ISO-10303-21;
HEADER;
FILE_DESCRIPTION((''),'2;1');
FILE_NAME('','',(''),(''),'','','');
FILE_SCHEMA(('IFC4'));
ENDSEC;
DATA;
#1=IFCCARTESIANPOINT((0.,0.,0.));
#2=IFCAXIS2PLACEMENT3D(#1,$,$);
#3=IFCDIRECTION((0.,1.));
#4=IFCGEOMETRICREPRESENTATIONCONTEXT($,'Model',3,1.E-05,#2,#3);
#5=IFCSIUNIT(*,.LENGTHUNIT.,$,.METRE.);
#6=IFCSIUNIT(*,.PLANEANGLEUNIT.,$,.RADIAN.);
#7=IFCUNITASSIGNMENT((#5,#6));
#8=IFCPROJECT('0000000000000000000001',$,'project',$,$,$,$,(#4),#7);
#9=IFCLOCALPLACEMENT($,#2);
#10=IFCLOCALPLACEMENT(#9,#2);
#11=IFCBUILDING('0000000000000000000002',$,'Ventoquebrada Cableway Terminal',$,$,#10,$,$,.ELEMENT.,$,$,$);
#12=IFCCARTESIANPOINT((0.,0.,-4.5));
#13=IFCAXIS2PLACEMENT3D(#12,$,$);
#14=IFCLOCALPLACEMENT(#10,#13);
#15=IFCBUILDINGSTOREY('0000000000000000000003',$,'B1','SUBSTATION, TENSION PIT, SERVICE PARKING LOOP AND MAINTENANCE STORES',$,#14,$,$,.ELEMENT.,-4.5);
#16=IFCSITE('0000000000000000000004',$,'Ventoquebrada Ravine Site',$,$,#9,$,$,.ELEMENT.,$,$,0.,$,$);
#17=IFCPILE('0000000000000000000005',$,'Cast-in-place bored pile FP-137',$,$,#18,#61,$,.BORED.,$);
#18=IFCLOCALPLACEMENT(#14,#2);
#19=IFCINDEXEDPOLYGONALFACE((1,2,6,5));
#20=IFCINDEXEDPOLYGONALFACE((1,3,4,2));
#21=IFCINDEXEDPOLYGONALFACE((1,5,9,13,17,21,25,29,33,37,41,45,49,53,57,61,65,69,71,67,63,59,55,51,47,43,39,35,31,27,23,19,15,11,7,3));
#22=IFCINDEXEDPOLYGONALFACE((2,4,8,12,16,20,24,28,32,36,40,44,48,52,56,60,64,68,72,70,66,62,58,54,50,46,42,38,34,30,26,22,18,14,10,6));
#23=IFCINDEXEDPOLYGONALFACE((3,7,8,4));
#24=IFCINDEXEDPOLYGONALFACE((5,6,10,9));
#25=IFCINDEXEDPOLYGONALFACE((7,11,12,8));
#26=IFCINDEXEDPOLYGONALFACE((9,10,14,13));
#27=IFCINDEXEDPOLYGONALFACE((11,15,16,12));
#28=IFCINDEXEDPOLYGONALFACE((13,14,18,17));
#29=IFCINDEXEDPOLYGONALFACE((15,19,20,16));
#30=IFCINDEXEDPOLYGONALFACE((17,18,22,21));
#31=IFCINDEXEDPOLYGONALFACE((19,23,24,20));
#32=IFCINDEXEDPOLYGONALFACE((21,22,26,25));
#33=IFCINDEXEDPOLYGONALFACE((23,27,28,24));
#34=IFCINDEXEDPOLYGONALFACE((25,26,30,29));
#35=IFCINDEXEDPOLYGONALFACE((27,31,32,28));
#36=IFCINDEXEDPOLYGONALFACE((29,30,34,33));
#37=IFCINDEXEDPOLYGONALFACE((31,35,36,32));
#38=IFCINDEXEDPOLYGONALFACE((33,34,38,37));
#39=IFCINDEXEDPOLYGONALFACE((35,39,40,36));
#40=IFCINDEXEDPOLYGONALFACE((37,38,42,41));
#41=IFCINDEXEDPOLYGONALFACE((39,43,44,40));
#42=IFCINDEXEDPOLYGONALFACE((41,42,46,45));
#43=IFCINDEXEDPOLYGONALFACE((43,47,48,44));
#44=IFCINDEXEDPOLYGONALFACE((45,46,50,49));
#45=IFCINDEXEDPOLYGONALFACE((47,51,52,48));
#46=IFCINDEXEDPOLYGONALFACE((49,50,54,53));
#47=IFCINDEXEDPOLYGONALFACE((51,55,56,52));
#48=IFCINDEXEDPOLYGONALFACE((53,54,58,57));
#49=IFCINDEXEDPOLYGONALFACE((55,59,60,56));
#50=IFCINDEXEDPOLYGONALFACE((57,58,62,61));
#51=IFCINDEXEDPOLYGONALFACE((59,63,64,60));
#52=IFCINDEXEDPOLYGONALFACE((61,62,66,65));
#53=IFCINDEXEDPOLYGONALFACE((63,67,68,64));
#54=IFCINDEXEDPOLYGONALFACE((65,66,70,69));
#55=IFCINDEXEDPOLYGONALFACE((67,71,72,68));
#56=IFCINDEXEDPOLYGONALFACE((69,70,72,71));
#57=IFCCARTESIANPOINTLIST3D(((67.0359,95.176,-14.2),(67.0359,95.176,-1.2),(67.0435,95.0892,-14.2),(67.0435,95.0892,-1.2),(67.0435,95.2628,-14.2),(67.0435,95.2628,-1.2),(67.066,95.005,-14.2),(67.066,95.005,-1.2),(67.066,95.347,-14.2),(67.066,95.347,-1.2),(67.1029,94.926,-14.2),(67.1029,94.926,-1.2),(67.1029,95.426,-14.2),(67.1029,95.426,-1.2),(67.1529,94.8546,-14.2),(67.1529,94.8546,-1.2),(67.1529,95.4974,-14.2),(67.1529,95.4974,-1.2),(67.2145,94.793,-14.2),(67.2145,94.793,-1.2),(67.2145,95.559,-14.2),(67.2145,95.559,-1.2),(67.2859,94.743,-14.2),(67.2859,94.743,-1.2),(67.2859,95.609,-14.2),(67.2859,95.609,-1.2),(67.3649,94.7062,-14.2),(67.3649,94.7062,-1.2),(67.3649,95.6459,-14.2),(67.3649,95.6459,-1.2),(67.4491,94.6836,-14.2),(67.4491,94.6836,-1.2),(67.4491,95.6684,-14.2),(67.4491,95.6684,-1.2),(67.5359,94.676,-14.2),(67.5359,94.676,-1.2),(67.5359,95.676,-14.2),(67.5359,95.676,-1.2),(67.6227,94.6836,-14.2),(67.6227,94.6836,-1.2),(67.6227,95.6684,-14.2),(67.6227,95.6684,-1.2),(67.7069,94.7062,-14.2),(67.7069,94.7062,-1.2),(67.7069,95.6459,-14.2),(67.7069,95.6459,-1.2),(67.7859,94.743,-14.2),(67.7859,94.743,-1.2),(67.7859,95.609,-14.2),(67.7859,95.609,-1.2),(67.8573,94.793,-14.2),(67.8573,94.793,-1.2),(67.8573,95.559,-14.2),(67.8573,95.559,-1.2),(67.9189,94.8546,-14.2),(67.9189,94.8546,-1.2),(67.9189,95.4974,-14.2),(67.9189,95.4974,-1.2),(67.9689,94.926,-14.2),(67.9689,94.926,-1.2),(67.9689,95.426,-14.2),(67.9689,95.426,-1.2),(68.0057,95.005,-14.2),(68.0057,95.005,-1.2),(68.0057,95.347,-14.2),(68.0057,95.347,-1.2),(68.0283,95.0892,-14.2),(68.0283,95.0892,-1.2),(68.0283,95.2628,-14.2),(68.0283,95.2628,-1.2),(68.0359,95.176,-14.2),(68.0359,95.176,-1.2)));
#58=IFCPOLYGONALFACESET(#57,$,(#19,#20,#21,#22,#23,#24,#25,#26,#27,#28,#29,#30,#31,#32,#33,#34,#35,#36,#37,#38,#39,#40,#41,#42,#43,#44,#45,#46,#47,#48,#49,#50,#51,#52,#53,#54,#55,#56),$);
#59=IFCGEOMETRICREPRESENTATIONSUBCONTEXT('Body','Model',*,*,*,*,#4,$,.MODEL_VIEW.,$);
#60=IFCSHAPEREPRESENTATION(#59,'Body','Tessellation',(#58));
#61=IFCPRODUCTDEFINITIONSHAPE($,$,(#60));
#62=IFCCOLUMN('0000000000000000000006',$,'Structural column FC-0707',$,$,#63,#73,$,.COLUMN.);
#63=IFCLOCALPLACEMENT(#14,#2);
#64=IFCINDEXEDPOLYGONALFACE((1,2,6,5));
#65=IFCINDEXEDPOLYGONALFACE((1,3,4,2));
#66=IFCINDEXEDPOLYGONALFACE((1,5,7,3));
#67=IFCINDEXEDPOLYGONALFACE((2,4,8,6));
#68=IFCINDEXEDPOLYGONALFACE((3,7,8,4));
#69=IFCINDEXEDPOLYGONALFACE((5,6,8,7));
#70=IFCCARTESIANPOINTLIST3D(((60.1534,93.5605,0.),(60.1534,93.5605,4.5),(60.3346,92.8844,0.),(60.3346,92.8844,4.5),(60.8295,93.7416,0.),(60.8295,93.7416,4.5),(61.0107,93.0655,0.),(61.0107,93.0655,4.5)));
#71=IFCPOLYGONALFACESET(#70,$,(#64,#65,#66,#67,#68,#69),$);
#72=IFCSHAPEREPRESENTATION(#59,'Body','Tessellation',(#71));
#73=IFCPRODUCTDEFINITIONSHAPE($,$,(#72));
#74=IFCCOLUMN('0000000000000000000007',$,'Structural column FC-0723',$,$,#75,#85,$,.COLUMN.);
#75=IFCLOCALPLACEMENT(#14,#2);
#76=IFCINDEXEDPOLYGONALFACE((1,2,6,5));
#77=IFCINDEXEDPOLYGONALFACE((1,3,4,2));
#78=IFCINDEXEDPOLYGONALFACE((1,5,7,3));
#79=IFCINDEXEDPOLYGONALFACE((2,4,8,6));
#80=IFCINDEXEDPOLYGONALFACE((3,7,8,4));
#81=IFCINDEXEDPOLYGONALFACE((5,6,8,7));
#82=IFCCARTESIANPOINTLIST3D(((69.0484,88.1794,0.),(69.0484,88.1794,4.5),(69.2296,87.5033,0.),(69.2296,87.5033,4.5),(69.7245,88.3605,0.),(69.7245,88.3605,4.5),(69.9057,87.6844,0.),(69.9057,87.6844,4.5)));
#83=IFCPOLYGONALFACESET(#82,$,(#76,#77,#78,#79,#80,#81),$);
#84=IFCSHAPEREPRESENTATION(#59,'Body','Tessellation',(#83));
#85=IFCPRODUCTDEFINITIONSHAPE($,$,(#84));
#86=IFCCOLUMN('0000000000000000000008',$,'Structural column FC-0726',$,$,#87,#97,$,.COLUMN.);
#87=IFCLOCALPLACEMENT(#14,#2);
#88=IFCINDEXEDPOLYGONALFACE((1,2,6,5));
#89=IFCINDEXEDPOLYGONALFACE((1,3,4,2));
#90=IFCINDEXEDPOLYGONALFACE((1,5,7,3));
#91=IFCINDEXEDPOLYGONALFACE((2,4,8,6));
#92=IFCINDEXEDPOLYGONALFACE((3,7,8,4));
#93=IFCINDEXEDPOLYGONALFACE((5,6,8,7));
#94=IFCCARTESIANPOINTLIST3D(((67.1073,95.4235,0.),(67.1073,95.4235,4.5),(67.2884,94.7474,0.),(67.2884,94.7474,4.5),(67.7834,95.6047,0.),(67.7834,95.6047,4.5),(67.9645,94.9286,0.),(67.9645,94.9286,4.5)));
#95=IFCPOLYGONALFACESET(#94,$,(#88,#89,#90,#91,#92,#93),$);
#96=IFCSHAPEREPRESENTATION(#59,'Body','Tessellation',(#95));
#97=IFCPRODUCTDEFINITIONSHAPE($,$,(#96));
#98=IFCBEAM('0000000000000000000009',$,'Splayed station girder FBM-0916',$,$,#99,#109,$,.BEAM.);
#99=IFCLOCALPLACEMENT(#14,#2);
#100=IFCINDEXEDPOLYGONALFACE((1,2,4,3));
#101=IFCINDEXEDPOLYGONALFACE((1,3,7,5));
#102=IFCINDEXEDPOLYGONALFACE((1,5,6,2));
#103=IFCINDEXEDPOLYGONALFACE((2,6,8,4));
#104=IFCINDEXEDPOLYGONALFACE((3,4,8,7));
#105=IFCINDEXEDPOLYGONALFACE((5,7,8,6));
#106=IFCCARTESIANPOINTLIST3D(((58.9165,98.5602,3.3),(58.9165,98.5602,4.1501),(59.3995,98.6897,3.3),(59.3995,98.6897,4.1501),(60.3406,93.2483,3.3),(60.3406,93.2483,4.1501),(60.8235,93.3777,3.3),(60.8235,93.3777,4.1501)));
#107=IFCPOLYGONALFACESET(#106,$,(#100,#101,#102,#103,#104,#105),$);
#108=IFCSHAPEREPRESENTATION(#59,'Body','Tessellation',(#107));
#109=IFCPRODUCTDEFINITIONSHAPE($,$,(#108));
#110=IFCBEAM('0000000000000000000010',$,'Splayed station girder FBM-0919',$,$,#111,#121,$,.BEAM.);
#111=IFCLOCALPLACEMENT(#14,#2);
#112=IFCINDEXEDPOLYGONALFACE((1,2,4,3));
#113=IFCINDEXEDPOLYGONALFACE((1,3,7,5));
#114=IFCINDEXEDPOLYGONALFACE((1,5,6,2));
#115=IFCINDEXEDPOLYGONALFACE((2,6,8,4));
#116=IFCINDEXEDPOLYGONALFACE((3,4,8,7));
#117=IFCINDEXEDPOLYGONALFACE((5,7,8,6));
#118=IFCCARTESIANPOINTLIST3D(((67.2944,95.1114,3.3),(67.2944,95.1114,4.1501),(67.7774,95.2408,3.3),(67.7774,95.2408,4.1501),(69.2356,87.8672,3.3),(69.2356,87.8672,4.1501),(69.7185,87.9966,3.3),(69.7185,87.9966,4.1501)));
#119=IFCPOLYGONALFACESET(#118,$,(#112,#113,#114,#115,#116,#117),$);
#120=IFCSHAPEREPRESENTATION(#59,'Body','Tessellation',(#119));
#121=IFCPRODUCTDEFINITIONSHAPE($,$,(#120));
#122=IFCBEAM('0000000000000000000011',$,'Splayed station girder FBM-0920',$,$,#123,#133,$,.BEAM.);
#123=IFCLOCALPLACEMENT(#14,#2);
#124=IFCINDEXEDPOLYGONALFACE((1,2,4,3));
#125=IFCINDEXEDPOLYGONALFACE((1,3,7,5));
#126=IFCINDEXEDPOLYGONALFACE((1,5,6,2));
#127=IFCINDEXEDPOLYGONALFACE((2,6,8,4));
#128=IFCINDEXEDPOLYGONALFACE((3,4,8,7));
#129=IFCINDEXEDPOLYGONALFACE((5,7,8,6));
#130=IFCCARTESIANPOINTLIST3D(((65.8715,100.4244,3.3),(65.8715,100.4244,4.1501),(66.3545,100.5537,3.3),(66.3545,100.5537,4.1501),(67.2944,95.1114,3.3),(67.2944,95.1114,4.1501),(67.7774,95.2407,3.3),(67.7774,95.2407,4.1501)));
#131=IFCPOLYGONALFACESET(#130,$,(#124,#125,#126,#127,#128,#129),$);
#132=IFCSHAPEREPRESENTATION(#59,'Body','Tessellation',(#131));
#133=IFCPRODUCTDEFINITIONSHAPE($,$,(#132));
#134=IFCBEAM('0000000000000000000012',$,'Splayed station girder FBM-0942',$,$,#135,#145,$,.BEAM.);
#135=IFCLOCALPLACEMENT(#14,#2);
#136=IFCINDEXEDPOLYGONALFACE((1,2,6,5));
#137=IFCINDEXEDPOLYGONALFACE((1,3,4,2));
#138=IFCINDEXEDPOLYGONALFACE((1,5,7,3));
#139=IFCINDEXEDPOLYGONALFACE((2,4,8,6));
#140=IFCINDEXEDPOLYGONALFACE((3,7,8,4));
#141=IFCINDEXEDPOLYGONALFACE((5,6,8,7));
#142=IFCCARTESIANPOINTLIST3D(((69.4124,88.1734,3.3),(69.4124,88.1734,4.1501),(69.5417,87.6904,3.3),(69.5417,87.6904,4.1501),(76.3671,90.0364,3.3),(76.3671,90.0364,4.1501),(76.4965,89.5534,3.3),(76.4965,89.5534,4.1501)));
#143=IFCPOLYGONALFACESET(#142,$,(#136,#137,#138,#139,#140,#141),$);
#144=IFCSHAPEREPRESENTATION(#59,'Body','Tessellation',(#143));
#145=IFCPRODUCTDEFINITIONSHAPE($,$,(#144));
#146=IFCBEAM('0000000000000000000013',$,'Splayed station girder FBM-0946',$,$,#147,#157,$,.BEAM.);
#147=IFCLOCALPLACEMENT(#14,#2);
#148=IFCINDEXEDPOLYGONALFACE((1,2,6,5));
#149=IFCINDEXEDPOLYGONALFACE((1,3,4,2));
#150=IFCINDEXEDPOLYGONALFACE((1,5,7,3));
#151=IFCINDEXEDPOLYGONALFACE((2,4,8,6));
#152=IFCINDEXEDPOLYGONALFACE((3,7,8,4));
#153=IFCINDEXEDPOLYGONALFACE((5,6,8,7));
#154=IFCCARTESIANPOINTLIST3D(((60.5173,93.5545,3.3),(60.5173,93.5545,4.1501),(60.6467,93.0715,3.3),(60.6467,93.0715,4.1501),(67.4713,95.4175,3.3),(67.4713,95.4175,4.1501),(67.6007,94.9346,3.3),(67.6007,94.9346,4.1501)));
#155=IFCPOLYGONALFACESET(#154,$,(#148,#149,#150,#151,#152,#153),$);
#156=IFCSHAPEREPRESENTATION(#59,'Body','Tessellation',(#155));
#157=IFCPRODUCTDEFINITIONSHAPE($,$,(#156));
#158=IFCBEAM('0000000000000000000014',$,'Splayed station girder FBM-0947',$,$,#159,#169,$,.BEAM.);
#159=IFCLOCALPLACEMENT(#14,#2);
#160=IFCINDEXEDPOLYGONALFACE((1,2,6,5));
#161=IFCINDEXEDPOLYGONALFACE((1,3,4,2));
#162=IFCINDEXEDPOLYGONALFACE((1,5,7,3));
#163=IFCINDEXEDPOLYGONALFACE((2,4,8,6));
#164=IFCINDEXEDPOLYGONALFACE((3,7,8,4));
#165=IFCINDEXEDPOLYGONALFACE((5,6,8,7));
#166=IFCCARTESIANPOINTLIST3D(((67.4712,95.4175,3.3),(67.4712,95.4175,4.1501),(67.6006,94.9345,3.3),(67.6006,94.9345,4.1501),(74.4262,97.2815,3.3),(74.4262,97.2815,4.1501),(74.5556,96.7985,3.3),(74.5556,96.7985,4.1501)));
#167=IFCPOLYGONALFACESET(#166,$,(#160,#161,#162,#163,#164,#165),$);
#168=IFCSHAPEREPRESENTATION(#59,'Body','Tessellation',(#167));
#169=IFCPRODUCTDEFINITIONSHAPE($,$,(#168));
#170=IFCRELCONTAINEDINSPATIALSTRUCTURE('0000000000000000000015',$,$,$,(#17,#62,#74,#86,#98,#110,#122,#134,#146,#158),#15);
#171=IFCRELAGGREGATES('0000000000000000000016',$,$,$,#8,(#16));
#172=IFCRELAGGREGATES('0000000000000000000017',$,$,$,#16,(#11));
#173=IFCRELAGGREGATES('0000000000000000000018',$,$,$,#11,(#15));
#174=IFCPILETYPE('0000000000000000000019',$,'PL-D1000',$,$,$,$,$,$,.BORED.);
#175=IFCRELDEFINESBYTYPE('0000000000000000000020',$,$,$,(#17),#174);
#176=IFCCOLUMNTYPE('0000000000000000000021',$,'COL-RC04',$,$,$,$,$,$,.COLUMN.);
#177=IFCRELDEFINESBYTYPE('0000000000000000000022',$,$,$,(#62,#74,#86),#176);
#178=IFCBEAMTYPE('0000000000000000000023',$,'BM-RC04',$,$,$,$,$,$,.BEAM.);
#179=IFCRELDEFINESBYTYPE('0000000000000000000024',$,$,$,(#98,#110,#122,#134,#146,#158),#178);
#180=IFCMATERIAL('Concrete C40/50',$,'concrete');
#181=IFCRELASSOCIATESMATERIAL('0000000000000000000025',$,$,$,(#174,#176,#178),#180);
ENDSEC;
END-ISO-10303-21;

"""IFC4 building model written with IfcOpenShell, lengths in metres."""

from ifc_helpers import new_model, si_unit, direction, frame, origin, origin_2d, place, context, subcontext, project, spatial, rectangle, circle, extrude, material, material_profile, profile_set, type_object, element, save


model = new_model("IFC4")

# Units and contexts
model_context = context("Model", 3, precision=1e-05, world=origin(), true_north=direction((0.0, 1.0)))
body_context = subcontext(model_context, "Body", "Model", "MODEL_VIEW")
ifc_project = project(units=[si_unit("LENGTHUNIT", "METRE"), si_unit("PLANEANGLEUNIT", "RADIAN")], contexts=[model_context])

# Site, building, storey
site_placement = place(None, origin())
site = spatial("IfcSite", under=ifc_project, at=site_placement, Name="Ventoquebrada Ravine Site", CompositionType="ELEMENT", RefElevation=0.0)
building_placement = place(site_placement, origin())
building = spatial("IfcBuilding", under=site, at=building_placement, Name="Ventoquebrada Cableway Terminal", CompositionType="ELEMENT")
storey_placement = place(building_placement, frame((0.0, 0.0, -4.5)))
storey = spatial("IfcBuildingStorey", under=building, at=storey_placement, Name="B1", Description="SUBSTATION, TENSION PIT, SERVICE PARKING LOOP AND MAINTENANCE STORES", CompositionType="ELEMENT", Elevation=-4.5)

# Shared definitions
ifc_material = material(Name="Concrete C40/50", Category="concrete")

# Pile
ifc_material_profile_1 = material_profile(ifc_material, circle(Radius=0.5, at=origin_2d()), Name="PILE-D1000")
ifc_profile_set_1 = profile_set([ifc_material_profile_1], Name="Concrete C40/50")
pile_type = type_object("IfcPileType", Name="PL-D1000", PredefinedType="BORED", material=ifc_profile_set_1)
pile_1_placement = place(storey_placement, frame((67.5359, 95.176, -1.2), z_axis=(0.0, 0.0, -1.0), x_axis=(1.0, 0.0, 0.0)))
element("IfcPile", 1, at=pile_1_placement, inside=storey, type_object=pile_type, Name="Cast-in-place bored pile FP-137", PredefinedType="BORED", context=body_context, shape_type="SweptSolid", body=[
    extrude(circle(Radius=0.5, at=origin_2d()), origin(), (0.0, 0.0, 1.0), 13.0),
])

# Columns
ifc_material_profile_2 = material_profile(ifc_material, rectangle(XDim=0.7, YDim=0.7, at=origin_2d()), Name="RC-COL-700X700")
ifc_profile_set_2 = profile_set([ifc_material_profile_2], Name="Concrete C40/50")
column_type = type_object("IfcColumnType", Name="COL-RC04", PredefinedType="COLUMN", material=ifc_profile_set_2)
for number, where, z_axis, x_axis, name in (
    (2, (60.582, 93.313, 0.0), (0.0, 0.0, 1.0), (0.965926, 0.258819, 0.0), "Structural column FC-0707"),
    (3, (69.4771, 87.9319, 0.0), (0.0, 0.0, 1.0), (0.965926, 0.258819, 0.0), "Structural column FC-0723"),
    (4, (67.5359, 95.176, 0.0), (0.0, 0.0, 1.0), (0.965926, 0.258819, 0.0), "Structural column FC-0726"),
):
    element("IfcColumn", number, at=place(storey_placement, frame(where, z_axis=z_axis, x_axis=x_axis)), inside=storey, type_object=column_type, Name=name, PredefinedType="COLUMN", context=body_context, shape_type="SweptSolid", body=[
        extrude(rectangle(XDim=0.7, YDim=0.7, at=origin_2d()), origin(), (0.0, 0.0, 1.0), 4.5),
    ])

# Beams
ifc_material_profile_3 = material_profile(ifc_material, rectangle(XDim=0.5, YDim=0.8501, at=origin_2d()), Name="RC-BM-500X850")
ifc_profile_set_3 = profile_set([ifc_material_profile_3], Name="Concrete C40/50")
beam_type = type_object("IfcBeamType", Name="BM-RC04", PredefinedType="BEAM", material=ifc_profile_set_3)
beam_1_placement = place(storey_placement, frame((60.582, 93.313, 3.7251), z_axis=(-0.258942, 0.965893, 0.0), x_axis=(-0.965893, -0.258942, 0.0)))
element("IfcBeam", 5, at=beam_1_placement, inside=storey, type_object=beam_type, Name="Splayed station girder FBM-0916", PredefinedType="BEAM", context=body_context, shape_type="SweptSolid", body=[
    extrude(rectangle(XDim=0.5, YDim=0.8501, at=origin_2d()), origin(), (0.0, 0.0, 1.0), 5.4995),
])
beam_2_placement = place(storey_placement, frame((69.4771, 87.9319, 3.7251), z_axis=(-0.258832, 0.965922, 0.0), x_axis=(-0.965922, -0.258832, 0.0)))
element("IfcBeam", 6, at=beam_2_placement, inside=storey, type_object=beam_type, Name="Splayed station girder FBM-0919", PredefinedType="BEAM", context=body_context, shape_type="SweptSolid", body=[
    extrude(rectangle(XDim=0.5, YDim=0.8501, at=origin_2d()), origin(), (0.0, 0.0, 1.0), 7.4998),
])
beam_3_placement = place(storey_placement, frame((67.5359, 95.176, 3.7251), z_axis=(-0.25869, 0.96596, 0.0), x_axis=(-0.96596, -0.25869, 0.0)))
element("IfcBeam", 7, at=beam_3_placement, inside=storey, type_object=beam_type, Name="Splayed station girder FBM-0920", PredefinedType="BEAM", context=body_context, shape_type="SweptSolid", body=[
    extrude(rectangle(XDim=0.5, YDim=0.8501, at=origin_2d()), origin(), (0.0, 0.0, 1.0), 5.5002),
])
beam_4_placement = place(storey_placement, frame((69.4771, 87.9319, 3.7251), z_axis=(0.965943, 0.258754, 0.0), x_axis=(-0.258754, 0.965943, 0.0)))
element("IfcBeam", 8, at=beam_4_placement, inside=storey, type_object=beam_type, Name="Splayed station girder FBM-0942", PredefinedType="BEAM", context=body_context, shape_type="SweptSolid", body=[
    extrude(rectangle(XDim=0.5, YDim=0.8501, at=origin_2d()), origin(), (0.0, 0.0, 1.0), 7.2),
])
beam_5_placement = place(storey_placement, frame((60.582, 93.313, 3.7251), z_axis=(0.965934, 0.258788, 0.0), x_axis=(-0.258788, 0.965934, 0.0)))
element("IfcBeam", 9, at=beam_5_placement, inside=storey, type_object=beam_type, Name="Splayed station girder FBM-0946", PredefinedType="BEAM", context=body_context, shape_type="SweptSolid", body=[
    extrude(rectangle(XDim=0.5, YDim=0.8501, at=origin_2d()), origin(), (0.0, 0.0, 1.0), 7.1992),
])
beam_6_placement = place(storey_placement, frame((67.5359, 95.176, 3.7251), z_axis=(0.965912, 0.258872, 0.0), x_axis=(-0.258872, 0.965912, 0.0)))
element("IfcBeam", 10, at=beam_6_placement, inside=storey, type_object=beam_type, Name="Splayed station girder FBM-0947", PredefinedType="BEAM", context=body_context, shape_type="SweptSolid", body=[
    extrude(rectangle(XDim=0.5, YDim=0.8501, at=origin_2d()), origin(), (0.0, 0.0, 1.0), 7.2004),
])

save(model, "model.ifc")
